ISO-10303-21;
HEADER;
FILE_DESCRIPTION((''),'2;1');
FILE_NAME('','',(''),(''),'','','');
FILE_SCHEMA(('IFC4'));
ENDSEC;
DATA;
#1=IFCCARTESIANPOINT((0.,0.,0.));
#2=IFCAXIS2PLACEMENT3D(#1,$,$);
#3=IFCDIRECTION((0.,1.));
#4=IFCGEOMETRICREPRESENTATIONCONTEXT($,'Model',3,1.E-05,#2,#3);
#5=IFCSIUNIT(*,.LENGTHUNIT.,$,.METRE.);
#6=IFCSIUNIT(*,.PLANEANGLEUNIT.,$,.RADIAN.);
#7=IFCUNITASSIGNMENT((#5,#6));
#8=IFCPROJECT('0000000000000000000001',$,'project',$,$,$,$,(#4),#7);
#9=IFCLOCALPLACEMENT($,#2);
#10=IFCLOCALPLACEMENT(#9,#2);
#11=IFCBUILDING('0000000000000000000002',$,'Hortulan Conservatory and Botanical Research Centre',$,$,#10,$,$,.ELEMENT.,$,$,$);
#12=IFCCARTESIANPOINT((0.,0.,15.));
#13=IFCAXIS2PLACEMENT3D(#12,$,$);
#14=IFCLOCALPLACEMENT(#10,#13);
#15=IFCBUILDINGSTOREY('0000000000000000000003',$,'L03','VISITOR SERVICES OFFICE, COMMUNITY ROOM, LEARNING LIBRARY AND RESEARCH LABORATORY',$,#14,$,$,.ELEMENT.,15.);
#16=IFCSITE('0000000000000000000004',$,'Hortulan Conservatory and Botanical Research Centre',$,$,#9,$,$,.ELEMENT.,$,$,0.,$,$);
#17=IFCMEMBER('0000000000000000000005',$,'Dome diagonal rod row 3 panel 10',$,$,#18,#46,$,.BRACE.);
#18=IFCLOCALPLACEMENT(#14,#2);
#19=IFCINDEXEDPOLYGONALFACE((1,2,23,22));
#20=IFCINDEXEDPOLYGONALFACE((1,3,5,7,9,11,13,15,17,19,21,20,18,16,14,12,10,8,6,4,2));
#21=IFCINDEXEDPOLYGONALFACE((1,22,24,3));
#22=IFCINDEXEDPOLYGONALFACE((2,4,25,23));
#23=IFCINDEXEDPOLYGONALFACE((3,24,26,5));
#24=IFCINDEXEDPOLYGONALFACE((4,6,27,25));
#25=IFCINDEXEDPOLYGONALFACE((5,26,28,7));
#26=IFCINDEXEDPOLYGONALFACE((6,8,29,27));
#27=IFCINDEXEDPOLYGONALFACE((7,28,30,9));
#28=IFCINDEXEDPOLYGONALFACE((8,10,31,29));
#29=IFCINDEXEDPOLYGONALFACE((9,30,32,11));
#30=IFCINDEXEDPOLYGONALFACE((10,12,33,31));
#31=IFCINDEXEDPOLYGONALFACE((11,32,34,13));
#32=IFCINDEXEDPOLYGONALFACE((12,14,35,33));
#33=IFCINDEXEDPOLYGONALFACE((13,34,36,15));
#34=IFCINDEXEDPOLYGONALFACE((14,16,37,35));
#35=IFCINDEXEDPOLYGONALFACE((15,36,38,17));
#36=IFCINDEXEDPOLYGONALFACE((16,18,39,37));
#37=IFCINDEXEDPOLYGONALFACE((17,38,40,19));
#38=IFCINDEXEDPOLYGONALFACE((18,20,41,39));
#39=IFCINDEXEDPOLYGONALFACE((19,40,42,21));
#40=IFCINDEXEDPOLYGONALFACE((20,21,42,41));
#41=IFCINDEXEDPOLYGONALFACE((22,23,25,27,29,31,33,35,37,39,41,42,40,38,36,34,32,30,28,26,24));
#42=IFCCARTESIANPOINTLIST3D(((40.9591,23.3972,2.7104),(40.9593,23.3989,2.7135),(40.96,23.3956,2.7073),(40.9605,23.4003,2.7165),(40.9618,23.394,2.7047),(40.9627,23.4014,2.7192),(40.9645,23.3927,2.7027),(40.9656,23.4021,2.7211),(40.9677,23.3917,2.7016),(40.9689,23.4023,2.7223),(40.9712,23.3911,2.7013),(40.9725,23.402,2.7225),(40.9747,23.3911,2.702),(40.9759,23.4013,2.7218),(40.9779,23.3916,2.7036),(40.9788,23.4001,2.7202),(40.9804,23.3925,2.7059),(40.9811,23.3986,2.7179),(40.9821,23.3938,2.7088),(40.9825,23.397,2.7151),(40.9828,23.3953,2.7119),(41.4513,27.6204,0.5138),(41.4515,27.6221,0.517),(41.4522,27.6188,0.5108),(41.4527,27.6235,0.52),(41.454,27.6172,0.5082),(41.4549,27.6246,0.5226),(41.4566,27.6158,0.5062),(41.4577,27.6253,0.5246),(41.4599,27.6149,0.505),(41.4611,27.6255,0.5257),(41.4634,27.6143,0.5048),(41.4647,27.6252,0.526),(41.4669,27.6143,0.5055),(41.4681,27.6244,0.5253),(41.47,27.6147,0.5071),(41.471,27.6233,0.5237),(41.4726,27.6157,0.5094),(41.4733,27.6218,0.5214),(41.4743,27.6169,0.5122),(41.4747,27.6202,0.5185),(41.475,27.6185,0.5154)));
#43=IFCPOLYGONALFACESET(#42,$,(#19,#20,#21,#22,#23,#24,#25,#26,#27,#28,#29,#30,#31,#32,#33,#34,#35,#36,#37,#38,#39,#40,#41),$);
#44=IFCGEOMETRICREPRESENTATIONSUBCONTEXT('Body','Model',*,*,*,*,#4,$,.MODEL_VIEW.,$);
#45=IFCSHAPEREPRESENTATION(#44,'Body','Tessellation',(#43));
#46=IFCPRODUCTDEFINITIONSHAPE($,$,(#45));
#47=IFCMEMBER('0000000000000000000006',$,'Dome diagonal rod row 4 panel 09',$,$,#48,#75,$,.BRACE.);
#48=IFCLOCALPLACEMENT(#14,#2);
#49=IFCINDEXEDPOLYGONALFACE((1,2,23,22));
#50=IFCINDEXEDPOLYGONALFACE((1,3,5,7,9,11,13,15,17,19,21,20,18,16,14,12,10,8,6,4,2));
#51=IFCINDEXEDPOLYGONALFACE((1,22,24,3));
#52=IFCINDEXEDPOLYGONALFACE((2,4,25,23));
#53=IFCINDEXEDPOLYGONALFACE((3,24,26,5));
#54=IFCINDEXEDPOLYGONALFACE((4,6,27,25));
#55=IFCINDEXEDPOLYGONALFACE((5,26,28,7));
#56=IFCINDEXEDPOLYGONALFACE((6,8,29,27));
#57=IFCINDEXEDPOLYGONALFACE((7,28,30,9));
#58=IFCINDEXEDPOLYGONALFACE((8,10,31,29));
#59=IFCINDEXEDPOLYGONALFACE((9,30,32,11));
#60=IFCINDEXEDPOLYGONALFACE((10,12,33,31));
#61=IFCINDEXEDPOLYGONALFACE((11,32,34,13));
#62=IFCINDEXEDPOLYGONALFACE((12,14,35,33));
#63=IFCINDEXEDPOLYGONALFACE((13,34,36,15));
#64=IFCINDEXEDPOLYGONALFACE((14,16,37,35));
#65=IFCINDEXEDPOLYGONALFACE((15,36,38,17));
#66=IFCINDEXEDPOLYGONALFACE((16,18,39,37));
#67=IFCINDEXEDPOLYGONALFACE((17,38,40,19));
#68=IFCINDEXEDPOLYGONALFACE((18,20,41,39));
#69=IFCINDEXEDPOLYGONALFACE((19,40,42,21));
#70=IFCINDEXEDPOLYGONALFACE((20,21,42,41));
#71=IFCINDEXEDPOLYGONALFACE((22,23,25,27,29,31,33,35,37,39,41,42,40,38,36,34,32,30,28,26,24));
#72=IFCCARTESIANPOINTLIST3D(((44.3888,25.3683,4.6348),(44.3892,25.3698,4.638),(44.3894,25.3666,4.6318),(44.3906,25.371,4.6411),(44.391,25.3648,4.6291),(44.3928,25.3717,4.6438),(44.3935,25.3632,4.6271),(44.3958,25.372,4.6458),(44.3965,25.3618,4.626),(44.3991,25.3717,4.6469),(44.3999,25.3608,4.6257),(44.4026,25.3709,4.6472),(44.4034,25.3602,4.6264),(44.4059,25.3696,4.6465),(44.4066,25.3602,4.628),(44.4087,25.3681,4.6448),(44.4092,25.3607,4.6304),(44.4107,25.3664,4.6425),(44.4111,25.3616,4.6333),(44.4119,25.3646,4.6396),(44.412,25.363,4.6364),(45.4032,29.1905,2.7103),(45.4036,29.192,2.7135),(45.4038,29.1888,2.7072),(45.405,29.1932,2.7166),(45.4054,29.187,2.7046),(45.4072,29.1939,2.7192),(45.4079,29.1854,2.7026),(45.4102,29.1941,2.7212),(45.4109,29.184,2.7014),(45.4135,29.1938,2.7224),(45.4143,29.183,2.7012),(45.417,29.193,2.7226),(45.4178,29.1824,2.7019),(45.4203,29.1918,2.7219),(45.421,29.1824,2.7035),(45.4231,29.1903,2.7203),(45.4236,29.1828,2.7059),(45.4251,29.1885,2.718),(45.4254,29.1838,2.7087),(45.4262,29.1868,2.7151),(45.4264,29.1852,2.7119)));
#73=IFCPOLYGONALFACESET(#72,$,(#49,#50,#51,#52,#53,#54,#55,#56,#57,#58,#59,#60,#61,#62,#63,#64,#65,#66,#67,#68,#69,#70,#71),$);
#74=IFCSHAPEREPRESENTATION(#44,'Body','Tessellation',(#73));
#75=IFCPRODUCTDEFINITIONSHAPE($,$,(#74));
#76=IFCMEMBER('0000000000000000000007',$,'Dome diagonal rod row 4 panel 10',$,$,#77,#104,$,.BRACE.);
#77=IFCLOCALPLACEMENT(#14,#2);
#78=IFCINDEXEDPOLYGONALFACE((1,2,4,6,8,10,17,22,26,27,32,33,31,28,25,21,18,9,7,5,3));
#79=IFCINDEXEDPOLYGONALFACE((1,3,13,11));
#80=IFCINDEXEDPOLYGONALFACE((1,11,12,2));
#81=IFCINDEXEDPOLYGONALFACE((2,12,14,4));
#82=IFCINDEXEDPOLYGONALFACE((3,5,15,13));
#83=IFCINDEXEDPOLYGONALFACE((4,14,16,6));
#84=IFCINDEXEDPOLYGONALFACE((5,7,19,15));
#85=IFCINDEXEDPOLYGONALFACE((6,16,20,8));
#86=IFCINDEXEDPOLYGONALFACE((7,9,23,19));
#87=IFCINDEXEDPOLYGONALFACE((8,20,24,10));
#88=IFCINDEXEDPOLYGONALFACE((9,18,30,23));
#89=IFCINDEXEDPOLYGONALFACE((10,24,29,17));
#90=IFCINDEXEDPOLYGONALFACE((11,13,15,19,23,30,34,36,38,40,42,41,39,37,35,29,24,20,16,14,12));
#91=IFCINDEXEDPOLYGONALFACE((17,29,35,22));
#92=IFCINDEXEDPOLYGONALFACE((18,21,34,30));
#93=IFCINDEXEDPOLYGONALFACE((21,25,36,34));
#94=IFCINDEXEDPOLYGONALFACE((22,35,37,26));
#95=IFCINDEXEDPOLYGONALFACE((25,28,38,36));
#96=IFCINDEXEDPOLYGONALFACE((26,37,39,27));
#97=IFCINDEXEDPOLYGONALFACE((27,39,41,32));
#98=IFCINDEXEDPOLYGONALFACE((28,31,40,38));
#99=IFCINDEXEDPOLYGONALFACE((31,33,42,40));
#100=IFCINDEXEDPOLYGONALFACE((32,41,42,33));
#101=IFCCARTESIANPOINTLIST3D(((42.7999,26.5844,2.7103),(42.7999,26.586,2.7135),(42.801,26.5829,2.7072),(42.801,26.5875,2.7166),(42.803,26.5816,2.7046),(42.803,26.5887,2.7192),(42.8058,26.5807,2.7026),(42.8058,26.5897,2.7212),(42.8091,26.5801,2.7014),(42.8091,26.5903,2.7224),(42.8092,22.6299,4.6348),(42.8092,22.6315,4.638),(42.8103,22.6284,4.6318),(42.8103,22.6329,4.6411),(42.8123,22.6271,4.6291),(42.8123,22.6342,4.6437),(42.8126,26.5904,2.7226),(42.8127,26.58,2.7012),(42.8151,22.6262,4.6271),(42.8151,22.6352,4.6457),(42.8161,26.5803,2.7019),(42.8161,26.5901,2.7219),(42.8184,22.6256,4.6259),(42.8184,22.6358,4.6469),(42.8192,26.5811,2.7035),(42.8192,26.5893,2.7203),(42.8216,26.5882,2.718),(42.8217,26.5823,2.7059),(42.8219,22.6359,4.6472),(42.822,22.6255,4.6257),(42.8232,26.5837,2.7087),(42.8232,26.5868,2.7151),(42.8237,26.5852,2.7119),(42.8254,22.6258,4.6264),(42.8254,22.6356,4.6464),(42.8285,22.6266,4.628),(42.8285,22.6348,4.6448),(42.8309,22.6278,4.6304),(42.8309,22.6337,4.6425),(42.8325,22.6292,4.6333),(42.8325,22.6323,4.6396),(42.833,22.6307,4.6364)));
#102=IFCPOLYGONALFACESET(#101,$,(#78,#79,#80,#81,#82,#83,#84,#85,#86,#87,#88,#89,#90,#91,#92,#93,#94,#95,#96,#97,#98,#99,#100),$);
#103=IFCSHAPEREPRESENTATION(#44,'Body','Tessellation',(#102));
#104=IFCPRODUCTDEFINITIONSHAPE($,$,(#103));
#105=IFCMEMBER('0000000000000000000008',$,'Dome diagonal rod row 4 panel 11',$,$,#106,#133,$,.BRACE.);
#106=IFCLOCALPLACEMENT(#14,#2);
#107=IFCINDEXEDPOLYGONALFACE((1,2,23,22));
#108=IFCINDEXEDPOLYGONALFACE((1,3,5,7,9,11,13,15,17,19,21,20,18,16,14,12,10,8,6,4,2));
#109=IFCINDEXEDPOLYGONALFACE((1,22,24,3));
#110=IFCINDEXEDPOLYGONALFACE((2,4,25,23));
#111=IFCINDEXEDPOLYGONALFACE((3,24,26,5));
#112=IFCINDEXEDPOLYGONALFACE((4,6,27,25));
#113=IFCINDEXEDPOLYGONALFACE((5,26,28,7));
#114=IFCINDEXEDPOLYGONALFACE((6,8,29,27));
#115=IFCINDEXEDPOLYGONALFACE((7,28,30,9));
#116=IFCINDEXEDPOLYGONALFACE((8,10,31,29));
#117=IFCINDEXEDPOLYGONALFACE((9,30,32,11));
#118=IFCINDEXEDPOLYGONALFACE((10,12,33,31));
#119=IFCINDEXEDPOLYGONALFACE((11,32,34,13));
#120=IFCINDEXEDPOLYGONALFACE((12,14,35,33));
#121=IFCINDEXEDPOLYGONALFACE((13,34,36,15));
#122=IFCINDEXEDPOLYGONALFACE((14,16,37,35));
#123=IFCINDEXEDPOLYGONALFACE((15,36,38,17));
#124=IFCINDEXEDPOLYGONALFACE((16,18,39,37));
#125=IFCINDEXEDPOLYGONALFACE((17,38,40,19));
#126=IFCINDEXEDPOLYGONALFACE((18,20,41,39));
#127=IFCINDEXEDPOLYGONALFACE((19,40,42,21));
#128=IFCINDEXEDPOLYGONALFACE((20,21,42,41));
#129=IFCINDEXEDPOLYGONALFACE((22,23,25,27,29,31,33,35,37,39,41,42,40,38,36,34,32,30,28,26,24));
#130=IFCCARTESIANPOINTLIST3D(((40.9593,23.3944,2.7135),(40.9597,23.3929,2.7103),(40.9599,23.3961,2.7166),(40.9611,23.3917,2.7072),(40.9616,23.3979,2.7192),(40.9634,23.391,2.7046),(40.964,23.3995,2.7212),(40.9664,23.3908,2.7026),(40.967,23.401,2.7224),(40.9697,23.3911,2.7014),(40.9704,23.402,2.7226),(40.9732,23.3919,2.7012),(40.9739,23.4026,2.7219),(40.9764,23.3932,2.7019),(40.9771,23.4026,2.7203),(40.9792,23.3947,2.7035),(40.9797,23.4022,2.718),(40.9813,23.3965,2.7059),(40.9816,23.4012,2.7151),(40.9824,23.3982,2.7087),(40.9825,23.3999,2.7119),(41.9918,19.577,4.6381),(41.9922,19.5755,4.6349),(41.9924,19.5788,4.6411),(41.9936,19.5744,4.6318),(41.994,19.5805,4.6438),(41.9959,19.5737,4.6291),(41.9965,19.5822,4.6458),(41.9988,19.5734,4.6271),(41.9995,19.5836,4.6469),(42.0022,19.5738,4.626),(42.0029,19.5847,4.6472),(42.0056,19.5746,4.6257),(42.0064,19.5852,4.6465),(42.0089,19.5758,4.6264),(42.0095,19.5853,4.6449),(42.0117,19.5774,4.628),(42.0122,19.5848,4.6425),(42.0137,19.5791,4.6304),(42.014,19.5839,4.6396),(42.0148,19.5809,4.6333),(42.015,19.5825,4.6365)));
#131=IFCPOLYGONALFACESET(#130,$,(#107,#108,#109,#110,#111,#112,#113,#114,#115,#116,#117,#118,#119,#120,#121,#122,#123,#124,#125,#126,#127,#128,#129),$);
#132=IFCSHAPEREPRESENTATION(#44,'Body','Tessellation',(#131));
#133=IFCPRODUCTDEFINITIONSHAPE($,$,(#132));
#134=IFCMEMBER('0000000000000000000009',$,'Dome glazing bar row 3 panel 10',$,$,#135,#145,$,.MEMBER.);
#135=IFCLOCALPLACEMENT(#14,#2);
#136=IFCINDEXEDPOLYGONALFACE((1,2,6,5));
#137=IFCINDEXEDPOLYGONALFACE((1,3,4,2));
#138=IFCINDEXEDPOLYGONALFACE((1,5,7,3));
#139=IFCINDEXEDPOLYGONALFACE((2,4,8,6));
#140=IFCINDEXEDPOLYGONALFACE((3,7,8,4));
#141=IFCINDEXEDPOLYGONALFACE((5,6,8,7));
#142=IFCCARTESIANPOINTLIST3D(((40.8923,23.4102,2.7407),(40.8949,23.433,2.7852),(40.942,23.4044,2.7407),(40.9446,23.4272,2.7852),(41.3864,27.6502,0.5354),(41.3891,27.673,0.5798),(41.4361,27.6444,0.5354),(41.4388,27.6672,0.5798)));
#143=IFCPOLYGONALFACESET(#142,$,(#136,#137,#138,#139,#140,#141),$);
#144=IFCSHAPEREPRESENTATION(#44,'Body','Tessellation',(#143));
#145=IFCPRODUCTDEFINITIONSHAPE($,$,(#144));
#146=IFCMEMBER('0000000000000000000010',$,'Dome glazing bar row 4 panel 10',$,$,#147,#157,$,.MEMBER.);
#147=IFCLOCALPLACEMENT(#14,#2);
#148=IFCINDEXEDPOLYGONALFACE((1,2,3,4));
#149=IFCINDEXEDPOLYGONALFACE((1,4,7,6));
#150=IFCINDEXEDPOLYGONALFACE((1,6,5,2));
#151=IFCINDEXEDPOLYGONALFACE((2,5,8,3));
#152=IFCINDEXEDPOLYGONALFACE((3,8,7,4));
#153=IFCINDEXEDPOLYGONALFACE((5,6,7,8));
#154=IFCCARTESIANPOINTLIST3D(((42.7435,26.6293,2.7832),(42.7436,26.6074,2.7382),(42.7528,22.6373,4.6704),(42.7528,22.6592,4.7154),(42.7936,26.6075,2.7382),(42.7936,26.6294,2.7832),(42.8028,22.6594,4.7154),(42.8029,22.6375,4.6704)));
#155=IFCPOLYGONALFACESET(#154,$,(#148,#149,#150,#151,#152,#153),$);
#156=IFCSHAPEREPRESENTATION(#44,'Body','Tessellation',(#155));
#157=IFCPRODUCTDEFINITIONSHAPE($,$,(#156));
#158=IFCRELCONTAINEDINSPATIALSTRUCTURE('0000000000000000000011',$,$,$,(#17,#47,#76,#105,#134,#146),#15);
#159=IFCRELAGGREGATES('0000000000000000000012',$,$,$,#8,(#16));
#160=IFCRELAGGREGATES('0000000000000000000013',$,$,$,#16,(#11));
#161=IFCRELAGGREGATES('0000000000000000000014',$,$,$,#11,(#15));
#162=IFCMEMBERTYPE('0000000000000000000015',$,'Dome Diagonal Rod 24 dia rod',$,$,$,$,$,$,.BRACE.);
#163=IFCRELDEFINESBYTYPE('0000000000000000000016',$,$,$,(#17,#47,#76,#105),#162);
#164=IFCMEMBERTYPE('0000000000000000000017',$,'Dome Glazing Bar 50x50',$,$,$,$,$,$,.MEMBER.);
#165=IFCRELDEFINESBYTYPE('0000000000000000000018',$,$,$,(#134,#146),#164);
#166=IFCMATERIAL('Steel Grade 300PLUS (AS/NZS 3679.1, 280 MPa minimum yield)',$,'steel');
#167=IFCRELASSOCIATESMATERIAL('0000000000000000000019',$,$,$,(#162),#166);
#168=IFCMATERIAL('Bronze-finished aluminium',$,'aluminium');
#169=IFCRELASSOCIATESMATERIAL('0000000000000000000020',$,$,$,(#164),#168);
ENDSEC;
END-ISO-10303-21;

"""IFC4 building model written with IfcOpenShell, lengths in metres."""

from ifc_helpers import new_model, si_unit, direction, frame, origin, origin_2d, place, context, subcontext, project, spatial, rectangle, circle, extrude, material, material_profile, profile_set, type_object, element, save


model = new_model("IFC4")

# Units and contexts
model_context = context("Model", 3, precision=1e-05, world=origin(), true_north=direction((0.0, 1.0)))
body_context = subcontext(model_context, "Body", "Model", "MODEL_VIEW")
ifc_project = project(units=[si_unit("LENGTHUNIT", "METRE"), si_unit("PLANEANGLEUNIT", "RADIAN")], contexts=[model_context])

# Site, building, storey
site_placement = place(None, origin())
site = spatial("IfcSite", under=ifc_project, at=site_placement, Name="Hortulan Conservatory and Botanical Research Centre", CompositionType="ELEMENT", RefElevation=0.0)
building_placement = place(site_placement, origin())
building = spatial("IfcBuilding", under=site, at=building_placement, Name="Hortulan Conservatory and Botanical Research Centre", CompositionType="ELEMENT")
storey_placement = place(building_placement, frame((0.0, 0.0, 15.0)))
storey = spatial("IfcBuildingStorey", under=building, at=storey_placement, Name="L03", Description="VISITOR SERVICES OFFICE, COMMUNITY ROOM, LEARNING LIBRARY AND RESEARCH LABORATORY", CompositionType="ELEMENT", Elevation=15.0)

# Members
ifc_material_1 = material(Name="Steel Grade 300PLUS (AS/NZS 3679.1, 280 MPa minimum yield)", Category="steel")
ifc_material_profile_1 = material_profile(ifc_material_1, circle(Radius=0.012, at=origin_2d()), Name="24 dia rod")
ifc_profile_set_1 = profile_set([ifc_material_profile_1], Name="Steel Grade 300PLUS (AS/NZS 3679.1, 280 MPa minimum yield)")
member_type_1 = type_object("IfcMemberType", Name="Dome Diagonal Rod 24 dia rod", PredefinedType="BRACE", material=ifc_profile_set_1)
member_1_placement = place(storey_placement, frame((41.4631, 27.6199, 0.5154), z_axis=(-0.102848, -0.882469, 0.458988), x_axis=(0.993277, -0.115762, 0.0)))
element("IfcMember", 1, at=member_1_placement, inside=storey, type_object=member_type_1, Name="Dome diagonal rod row 3 panel 10", PredefinedType="BRACE", context=body_context, shape_type="SweptSolid", body=[
    extrude(circle(Radius=0.012, at=origin_2d()), origin(), (0.0, 0.0, 1.0), 4.7856),
])
for number, where, z_axis, x_axis, name in (
    (2, (45.4148, 29.1882, 2.7119), (-0.23065, -0.869086, 0.437596), (0.966541, -0.256514, 0.0), "Dome diagonal rod row 4 panel 09"),
    (3, (42.8118, 26.5852, 2.7119), (0.002109, -0.89917, 0.437595), (0.999997, 0.002346, 0.0), "Dome diagonal rod row 4 panel 10"),
    (4, (40.9709, 23.3967, 2.7119), (0.23476, -0.867983, 0.4376), (0.965316, 0.261085, 0.0), "Dome diagonal rod row 4 panel 11"),
):
    element("IfcMember", number, at=place(storey_placement, frame(where, z_axis=z_axis, x_axis=x_axis)), inside=storey, type_object=member_type_1, Name=name, PredefinedType="BRACE", context=body_context, shape_type="SweptSolid", body=[
        extrude(circle(Radius=0.012, at=origin_2d()), origin(), (0.0, 0.0, 1.0), 4.3979),
    ])
ifc_material_2 = material(Name="Bronze-finished aluminium", Category="aluminium")
ifc_material_profile_2 = material_profile(ifc_material_2, rectangle(XDim=0.05, YDim=0.05, at=origin_2d()), Name="Square bar 50x50")
ifc_profile_set_2 = profile_set([ifc_material_profile_2], Name="Bronze-finished aluminium")
member_type_2 = type_object("IfcMemberType", Name="Dome Glazing Bar 50x50", PredefinedType="MEMBER", material=ifc_profile_set_2)
member_2_placement = place(storey_placement, frame((41.4126, 27.6587, 0.5576), z_axis=(-0.102845, -0.882467, 0.458993), x_axis=(0.993277, -0.115759, 0.0)))
element("IfcMember", 5, at=member_2_placement, inside=storey, type_object=member_type_2, Name="Dome glazing bar row 3 panel 10", PredefinedType="MEMBER", context=body_context, shape_type="SweptSolid", body=[
    extrude(rectangle(XDim=0.05, YDim=0.05, at=origin_2d()), origin(), (0.0, 0.0, 1.0), 4.8047),
])
member_3_placement = place(storey_placement, frame((42.7686, 26.6184, 2.7607), z_axis=(0.002101, -0.899163, 0.43761), x_axis=(0.999997, 0.002337, 0.0)))
element("IfcMember", 6, at=member_3_placement, inside=storey, type_object=member_type_2, Name="Dome glazing bar row 4 panel 10", PredefinedType="MEMBER", context=body_context, shape_type="SweptSolid", body=[
    extrude(rectangle(XDim=0.05, YDim=0.05, at=origin_2d()), origin(), (0.0, 0.0, 1.0), 4.4153),
])

save(model, "model.ifc")
